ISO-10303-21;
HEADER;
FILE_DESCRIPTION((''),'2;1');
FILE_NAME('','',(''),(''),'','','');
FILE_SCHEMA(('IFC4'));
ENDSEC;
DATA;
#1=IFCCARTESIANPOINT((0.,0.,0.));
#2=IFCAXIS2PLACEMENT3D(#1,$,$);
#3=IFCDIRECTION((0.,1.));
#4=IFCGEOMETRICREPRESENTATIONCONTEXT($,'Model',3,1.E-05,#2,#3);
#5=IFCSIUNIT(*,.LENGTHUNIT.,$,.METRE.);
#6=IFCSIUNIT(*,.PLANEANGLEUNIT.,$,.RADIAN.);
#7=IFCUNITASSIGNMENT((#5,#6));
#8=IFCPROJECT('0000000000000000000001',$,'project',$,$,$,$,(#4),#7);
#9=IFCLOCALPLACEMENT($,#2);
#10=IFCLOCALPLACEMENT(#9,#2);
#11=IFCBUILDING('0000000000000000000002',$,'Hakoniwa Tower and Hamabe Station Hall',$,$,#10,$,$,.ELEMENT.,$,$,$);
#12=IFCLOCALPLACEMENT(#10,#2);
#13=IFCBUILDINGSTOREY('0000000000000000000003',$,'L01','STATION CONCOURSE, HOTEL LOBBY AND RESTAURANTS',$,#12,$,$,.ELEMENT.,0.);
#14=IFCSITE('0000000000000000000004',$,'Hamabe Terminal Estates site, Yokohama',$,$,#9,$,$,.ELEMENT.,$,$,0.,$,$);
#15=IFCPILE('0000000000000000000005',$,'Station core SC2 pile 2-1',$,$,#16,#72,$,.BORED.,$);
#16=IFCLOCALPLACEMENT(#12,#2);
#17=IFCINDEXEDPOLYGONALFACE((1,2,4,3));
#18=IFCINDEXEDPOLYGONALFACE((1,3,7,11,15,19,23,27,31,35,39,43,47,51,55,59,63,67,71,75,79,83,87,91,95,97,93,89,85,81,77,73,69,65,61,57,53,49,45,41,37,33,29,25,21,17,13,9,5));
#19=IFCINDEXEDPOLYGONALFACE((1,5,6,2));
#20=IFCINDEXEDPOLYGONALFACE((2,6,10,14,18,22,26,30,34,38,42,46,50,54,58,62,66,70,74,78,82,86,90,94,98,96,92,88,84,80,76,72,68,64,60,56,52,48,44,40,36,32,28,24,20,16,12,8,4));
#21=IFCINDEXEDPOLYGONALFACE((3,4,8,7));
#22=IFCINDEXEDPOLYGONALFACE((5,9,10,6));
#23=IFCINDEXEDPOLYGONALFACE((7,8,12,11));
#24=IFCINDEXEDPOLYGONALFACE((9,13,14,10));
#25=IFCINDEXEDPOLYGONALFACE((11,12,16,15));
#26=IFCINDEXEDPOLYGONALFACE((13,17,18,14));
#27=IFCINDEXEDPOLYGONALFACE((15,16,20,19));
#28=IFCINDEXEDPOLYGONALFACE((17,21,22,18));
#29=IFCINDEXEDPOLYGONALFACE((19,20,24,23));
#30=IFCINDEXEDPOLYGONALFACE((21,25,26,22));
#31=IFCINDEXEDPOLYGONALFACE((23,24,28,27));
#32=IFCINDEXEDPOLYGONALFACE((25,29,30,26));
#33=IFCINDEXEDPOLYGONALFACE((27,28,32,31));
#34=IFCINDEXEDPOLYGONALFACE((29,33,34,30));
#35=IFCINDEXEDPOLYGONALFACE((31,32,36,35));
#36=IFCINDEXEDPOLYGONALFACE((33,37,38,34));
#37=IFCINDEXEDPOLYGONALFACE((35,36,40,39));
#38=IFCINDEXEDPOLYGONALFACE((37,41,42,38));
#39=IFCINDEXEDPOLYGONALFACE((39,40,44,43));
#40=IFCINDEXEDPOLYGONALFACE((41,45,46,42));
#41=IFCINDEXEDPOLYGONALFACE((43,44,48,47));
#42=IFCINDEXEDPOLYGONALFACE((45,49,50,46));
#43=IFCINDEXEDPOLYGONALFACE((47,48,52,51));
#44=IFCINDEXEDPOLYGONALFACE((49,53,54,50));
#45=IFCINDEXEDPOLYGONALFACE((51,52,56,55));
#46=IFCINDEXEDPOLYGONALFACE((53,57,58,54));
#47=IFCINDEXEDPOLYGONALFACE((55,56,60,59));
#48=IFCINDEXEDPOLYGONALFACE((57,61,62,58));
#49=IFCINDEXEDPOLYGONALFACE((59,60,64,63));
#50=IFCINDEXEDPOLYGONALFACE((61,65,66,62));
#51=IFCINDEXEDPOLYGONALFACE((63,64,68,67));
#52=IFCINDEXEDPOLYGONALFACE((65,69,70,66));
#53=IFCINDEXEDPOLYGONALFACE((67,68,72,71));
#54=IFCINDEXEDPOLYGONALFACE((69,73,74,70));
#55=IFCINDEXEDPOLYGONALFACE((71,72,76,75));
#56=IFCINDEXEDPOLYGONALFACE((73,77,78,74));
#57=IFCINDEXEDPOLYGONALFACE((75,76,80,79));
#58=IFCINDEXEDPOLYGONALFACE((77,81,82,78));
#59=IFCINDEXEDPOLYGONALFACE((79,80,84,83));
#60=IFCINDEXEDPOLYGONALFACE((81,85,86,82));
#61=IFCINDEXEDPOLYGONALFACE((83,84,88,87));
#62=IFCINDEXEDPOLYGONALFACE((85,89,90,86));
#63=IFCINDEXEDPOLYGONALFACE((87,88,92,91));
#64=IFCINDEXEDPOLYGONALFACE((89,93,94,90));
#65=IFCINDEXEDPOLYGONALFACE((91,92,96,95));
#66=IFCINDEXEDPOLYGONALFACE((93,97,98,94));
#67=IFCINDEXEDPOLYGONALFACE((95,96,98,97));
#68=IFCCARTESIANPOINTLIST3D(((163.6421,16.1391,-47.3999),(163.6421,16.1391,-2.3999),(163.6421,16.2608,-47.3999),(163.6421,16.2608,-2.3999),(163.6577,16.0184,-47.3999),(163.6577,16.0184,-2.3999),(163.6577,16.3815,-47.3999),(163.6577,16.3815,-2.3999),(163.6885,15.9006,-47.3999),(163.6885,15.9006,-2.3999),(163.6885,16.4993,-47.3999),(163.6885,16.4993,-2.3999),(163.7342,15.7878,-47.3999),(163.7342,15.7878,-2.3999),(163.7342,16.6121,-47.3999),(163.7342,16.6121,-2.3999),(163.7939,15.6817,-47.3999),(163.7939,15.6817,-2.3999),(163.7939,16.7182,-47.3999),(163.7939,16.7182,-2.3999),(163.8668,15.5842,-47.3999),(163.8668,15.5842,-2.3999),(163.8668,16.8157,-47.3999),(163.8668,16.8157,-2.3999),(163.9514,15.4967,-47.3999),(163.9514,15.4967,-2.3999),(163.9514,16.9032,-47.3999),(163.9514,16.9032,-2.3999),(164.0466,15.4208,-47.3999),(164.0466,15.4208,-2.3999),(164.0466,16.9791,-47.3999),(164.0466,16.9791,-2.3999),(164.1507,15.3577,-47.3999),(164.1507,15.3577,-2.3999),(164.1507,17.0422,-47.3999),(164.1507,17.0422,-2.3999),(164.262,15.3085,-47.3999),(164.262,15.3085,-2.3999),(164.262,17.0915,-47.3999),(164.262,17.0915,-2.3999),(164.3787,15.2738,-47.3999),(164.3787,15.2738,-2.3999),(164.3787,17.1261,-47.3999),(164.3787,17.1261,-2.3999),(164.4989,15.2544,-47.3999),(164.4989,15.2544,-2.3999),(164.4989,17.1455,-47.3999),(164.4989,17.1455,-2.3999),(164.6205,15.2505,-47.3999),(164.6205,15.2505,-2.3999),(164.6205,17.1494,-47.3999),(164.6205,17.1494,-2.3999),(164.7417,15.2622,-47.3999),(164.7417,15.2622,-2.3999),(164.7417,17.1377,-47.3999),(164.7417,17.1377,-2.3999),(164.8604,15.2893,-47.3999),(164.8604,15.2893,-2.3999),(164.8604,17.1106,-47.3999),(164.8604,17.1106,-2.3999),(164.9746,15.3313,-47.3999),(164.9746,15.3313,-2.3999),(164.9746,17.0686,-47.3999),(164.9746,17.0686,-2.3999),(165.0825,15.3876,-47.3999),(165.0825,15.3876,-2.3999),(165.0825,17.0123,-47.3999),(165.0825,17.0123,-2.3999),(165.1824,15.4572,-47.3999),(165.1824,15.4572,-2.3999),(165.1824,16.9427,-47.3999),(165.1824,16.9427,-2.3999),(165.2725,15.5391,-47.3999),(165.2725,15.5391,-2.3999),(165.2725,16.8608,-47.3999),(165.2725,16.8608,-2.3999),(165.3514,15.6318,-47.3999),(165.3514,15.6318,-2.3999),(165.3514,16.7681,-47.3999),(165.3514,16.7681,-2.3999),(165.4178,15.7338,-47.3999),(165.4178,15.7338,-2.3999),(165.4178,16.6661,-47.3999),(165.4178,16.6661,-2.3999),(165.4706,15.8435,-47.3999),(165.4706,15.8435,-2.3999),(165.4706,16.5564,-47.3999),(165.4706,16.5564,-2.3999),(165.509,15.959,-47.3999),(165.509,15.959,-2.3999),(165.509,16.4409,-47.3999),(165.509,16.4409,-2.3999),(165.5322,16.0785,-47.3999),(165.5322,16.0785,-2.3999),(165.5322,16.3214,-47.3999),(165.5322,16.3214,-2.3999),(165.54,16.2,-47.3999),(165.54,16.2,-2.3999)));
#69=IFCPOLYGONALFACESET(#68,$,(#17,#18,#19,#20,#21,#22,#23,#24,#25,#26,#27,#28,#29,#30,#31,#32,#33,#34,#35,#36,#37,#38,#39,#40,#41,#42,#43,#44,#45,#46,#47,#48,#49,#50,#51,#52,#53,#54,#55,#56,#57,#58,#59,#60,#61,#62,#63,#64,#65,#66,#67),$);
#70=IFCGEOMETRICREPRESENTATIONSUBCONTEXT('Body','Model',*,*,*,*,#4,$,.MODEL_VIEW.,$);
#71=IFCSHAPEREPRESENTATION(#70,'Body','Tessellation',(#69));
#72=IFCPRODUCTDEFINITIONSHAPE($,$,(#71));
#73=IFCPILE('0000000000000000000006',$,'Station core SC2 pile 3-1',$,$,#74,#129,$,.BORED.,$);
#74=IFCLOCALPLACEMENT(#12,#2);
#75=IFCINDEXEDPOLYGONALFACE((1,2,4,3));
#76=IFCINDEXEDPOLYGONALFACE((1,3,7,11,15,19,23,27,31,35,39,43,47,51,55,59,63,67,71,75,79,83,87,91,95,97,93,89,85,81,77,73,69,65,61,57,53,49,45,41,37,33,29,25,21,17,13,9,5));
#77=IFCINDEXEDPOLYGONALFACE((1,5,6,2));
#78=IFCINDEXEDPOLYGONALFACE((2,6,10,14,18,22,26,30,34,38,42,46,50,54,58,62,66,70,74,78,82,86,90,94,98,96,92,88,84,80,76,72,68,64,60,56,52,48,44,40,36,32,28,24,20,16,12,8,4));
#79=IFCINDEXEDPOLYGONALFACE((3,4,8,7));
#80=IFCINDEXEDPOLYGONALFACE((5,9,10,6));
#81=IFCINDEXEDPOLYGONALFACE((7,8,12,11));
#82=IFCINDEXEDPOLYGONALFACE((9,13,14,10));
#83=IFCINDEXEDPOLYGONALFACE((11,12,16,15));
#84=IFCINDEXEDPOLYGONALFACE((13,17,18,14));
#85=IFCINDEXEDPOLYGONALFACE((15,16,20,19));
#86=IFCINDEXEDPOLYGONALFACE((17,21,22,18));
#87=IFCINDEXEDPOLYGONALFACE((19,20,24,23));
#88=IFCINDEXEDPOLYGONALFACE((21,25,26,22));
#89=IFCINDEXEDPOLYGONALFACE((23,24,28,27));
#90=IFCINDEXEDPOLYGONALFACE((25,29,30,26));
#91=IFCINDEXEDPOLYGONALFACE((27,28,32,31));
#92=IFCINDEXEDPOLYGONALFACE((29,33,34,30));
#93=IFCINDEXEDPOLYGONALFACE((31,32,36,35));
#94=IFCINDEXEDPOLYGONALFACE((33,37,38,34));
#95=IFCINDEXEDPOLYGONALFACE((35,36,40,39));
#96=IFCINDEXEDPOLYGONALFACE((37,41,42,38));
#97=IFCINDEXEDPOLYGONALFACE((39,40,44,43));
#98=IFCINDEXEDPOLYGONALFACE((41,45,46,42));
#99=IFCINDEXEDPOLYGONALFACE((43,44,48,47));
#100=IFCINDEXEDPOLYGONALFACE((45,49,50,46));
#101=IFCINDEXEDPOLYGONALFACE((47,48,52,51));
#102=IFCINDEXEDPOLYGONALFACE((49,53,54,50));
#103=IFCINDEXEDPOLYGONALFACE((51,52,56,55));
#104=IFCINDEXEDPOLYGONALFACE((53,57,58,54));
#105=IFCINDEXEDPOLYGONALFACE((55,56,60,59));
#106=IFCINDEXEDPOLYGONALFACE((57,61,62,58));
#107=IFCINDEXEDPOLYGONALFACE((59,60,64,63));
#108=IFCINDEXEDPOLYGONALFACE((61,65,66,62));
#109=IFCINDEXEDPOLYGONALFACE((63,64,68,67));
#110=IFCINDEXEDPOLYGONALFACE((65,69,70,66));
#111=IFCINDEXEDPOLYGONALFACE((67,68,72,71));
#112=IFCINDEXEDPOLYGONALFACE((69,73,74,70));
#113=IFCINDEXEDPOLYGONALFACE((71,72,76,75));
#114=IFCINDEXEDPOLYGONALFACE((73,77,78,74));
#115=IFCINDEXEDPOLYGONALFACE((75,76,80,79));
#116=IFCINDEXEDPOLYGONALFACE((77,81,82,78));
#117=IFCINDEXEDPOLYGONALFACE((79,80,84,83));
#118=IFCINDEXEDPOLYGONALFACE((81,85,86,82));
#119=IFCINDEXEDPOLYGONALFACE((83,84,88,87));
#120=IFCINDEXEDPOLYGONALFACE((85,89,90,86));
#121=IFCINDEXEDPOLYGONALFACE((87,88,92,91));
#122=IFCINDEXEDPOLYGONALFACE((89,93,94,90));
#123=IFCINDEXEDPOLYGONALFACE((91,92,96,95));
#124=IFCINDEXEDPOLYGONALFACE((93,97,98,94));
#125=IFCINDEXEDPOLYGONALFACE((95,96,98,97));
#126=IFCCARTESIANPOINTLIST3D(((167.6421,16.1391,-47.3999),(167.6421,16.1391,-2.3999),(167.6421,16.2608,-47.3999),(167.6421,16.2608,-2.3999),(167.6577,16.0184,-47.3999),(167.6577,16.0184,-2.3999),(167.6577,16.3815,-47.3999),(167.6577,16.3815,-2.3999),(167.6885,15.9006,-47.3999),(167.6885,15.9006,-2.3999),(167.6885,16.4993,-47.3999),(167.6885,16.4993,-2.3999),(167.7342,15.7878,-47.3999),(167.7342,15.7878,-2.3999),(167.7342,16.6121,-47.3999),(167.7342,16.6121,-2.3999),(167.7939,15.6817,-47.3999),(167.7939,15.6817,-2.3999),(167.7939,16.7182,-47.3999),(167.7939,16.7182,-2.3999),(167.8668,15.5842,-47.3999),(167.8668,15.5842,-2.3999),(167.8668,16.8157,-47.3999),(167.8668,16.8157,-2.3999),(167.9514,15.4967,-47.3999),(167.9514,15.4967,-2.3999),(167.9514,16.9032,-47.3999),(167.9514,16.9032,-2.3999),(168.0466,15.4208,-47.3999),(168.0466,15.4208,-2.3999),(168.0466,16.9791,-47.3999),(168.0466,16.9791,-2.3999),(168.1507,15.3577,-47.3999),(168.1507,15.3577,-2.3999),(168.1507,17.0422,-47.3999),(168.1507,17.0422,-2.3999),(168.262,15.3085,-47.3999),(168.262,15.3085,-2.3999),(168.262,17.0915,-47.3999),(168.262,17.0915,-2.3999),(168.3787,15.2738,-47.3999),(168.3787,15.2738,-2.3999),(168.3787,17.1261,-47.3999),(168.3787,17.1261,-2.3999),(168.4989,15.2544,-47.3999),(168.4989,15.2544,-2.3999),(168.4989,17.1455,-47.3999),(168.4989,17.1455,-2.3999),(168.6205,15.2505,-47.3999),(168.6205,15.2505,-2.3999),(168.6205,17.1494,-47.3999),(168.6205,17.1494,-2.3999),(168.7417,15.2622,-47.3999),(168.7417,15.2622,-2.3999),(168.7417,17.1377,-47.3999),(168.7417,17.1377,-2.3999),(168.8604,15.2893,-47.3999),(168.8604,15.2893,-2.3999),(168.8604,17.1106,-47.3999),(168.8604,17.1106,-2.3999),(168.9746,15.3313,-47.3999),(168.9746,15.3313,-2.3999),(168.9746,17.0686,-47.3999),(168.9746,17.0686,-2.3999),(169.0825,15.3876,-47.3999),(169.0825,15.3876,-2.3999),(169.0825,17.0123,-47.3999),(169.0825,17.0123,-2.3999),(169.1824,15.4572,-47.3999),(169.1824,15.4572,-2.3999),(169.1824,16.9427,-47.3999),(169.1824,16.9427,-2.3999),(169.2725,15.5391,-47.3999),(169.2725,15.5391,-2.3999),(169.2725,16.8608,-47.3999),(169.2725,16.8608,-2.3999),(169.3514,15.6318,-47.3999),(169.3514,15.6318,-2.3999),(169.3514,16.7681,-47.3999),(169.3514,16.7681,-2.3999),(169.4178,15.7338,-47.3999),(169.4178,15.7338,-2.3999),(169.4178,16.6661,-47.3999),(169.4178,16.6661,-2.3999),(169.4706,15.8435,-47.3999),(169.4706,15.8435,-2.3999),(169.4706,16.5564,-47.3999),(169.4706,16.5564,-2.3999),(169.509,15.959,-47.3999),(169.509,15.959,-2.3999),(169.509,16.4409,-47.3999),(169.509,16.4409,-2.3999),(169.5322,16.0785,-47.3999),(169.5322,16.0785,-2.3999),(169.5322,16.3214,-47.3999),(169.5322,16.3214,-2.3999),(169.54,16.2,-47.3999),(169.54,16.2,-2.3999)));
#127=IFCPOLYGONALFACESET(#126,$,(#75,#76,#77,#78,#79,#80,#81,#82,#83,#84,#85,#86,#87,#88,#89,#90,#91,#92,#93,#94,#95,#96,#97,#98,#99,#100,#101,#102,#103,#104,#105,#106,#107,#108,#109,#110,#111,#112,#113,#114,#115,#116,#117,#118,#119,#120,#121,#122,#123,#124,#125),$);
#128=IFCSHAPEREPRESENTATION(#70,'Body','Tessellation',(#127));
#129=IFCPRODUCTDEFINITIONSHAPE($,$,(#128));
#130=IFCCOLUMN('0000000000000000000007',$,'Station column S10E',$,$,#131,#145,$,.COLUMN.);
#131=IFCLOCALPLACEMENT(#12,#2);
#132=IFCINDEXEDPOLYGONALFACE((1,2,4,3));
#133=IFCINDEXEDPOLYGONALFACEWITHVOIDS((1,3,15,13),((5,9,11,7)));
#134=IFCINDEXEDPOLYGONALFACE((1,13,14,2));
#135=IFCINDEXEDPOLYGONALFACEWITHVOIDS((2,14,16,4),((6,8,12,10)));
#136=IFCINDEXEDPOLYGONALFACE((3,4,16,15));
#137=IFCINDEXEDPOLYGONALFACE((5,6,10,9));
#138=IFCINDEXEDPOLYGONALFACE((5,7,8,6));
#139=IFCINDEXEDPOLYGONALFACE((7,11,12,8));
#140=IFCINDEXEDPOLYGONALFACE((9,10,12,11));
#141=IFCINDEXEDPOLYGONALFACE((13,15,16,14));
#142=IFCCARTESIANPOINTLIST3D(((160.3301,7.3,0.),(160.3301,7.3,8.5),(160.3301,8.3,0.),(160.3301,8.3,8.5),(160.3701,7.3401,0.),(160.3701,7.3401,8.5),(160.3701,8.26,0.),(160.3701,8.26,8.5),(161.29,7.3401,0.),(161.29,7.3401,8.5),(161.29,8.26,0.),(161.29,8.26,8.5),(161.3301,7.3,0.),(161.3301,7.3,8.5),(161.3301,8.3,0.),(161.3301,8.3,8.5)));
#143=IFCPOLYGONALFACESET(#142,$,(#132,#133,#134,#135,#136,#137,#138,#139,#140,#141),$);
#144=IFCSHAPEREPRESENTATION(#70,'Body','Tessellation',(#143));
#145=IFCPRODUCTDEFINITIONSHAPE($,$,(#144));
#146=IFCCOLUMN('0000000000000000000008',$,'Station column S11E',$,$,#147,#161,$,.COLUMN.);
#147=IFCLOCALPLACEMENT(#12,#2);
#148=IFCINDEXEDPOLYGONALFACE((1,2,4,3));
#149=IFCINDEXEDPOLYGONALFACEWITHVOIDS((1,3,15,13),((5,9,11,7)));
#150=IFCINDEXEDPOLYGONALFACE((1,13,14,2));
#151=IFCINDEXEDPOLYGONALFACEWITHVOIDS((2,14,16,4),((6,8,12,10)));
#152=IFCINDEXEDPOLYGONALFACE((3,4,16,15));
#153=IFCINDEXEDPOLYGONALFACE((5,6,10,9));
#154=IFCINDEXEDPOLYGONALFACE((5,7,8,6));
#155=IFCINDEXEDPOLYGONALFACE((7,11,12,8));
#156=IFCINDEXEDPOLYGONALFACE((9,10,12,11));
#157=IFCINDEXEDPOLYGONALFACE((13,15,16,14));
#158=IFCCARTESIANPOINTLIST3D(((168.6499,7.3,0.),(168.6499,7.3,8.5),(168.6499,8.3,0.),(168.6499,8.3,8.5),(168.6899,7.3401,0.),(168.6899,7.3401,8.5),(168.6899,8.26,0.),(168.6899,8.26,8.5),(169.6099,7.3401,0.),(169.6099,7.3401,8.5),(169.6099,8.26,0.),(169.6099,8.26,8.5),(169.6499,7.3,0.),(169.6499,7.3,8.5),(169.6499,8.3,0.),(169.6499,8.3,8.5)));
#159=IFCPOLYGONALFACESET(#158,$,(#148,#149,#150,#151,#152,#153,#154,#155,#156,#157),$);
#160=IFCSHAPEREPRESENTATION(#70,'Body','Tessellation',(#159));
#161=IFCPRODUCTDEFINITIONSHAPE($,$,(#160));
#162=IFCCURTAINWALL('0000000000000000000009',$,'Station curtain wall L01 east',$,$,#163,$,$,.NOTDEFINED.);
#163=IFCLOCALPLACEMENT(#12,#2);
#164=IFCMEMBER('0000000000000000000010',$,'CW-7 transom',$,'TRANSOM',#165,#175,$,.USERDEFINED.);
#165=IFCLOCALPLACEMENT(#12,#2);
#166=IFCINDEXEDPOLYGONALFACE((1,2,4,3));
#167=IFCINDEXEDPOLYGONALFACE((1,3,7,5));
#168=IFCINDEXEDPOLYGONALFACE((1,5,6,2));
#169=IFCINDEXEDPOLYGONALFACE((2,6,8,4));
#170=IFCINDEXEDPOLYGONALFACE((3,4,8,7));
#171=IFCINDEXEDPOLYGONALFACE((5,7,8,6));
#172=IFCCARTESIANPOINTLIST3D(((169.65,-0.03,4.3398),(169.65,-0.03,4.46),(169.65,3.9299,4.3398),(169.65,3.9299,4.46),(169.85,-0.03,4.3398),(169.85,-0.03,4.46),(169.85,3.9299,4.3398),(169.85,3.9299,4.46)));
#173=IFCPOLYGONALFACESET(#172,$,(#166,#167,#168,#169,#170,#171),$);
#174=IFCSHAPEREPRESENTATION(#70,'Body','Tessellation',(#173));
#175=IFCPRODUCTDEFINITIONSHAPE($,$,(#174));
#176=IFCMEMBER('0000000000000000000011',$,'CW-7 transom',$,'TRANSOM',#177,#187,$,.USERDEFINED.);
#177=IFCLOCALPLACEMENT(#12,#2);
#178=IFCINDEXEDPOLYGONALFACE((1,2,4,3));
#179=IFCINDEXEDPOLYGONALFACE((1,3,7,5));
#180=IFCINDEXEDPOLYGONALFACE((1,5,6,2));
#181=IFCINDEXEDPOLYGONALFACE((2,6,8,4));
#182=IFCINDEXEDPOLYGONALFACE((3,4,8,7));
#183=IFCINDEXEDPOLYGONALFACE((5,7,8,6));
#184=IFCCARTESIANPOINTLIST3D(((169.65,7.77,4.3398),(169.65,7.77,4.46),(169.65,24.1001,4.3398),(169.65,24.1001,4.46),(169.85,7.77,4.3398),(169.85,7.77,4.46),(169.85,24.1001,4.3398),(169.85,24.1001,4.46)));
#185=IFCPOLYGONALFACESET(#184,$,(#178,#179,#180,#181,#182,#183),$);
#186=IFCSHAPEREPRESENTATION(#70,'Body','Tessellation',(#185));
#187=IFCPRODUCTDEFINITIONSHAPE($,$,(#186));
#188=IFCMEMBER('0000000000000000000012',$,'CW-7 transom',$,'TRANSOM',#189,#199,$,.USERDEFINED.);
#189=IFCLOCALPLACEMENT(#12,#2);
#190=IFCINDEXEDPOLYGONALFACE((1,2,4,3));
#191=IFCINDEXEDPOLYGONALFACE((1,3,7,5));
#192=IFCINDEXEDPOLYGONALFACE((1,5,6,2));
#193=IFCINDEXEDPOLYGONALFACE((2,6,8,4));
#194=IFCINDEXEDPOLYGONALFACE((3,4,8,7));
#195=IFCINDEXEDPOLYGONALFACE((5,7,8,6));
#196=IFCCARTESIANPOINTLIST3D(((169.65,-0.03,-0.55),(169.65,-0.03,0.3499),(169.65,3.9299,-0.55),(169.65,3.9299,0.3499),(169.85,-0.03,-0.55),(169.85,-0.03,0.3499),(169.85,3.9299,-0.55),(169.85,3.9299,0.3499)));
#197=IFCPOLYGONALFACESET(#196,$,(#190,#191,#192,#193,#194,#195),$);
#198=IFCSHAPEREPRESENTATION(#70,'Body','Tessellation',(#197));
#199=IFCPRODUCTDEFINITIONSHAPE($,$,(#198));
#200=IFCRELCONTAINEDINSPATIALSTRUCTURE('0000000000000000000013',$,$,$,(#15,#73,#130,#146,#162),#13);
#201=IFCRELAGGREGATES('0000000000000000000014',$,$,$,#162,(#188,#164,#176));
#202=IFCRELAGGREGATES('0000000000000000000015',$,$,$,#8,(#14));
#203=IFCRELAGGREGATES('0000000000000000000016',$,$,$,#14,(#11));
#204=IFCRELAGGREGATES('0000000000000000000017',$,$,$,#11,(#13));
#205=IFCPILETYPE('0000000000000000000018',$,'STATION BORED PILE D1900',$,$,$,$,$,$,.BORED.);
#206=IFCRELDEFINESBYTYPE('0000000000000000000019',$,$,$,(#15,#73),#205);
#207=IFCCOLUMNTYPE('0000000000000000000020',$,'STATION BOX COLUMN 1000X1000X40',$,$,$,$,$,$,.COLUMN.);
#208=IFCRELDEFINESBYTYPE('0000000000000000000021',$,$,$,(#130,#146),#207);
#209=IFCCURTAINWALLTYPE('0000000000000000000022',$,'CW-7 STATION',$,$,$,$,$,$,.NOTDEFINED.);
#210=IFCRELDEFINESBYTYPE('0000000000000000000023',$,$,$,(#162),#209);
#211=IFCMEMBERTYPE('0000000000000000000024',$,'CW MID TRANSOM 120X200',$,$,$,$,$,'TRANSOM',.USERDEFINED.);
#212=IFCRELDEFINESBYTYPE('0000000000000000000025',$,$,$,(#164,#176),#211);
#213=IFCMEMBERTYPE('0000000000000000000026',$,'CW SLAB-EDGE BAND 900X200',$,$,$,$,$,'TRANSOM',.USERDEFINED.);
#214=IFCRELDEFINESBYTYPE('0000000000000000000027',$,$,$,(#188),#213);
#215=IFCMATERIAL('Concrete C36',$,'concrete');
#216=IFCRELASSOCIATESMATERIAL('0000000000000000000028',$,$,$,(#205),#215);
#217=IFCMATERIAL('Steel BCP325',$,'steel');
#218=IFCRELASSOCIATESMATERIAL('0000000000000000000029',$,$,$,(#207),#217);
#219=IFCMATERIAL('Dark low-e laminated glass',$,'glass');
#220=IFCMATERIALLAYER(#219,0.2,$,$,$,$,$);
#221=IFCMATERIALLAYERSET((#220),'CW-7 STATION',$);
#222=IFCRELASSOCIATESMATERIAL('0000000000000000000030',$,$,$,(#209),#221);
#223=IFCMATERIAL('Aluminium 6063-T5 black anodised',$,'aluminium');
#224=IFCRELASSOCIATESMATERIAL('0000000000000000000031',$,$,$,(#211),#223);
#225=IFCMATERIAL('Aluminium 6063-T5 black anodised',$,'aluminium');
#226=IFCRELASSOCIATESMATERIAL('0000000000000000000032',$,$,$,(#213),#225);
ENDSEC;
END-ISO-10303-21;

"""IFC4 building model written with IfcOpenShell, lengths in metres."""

from ifc_helpers import new_model, si_unit, direction, frame, origin, origin_2d, place, context, subcontext, project, spatial, rectangle, hollow_rectangle, circle, extrude, material, layer, layer_set, material_profile, profile_set, type_object, element, aggregate, save


model = new_model("IFC4")

# Units and contexts
model_context = context("Model", 3, precision=1e-05, world=origin(), true_north=direction((0.0, 1.0)))
body_context = subcontext(model_context, "Body", "Model", "MODEL_VIEW")
ifc_project = project(units=[si_unit("LENGTHUNIT", "METRE"), si_unit("PLANEANGLEUNIT", "RADIAN")], contexts=[model_context])

# Site, building, storey
site_placement = place(None, origin())
site = spatial("IfcSite", under=ifc_project, at=site_placement, Name="Hamabe Terminal Estates site, Yokohama", CompositionType="ELEMENT", RefElevation=0.0)
building_placement = place(site_placement, origin())
building = spatial("IfcBuilding", under=site, at=building_placement, Name="Hakoniwa Tower and Hamabe Station Hall", CompositionType="ELEMENT")
storey_placement = place(building_placement, origin())
storey = spatial("IfcBuildingStorey", under=building, at=storey_placement, Name="L01", Description="STATION CONCOURSE, HOTEL LOBBY AND RESTAURANTS", CompositionType="ELEMENT", Elevation=0.0)

# Piles
ifc_material_1 = material(Name="Concrete C36", Category="concrete")
ifc_material_profile_1 = material_profile(ifc_material_1, circle(Radius=0.95, at=origin_2d()), Name="STATION BORED PILE D1900")
ifc_profile_set_1 = profile_set([ifc_material_profile_1], Name="Concrete C36")
pile_type = type_object("IfcPileType", Name="STATION BORED PILE D1900", PredefinedType="BORED", material=ifc_profile_set_1)
for number, where, z_axis, x_axis, name in (
    (1, (164.5901, 16.2, -2.3999), (0.0, 0.0, -1.0), (1.0, 0.0, 0.0), "Station core SC2 pile 2-1"),
    (2, (168.5901, 16.2, -2.3999), (0.0, 0.0, -1.0), (1.0, 0.0, 0.0), "Station core SC2 pile 3-1"),
):
    element("IfcPile", number, at=place(storey_placement, frame(where, z_axis=z_axis, x_axis=x_axis)), inside=storey, type_object=pile_type, Name=name, PredefinedType="BORED", context=body_context, shape_type="SweptSolid", body=[
        extrude(circle(Radius=0.95, at=origin_2d()), origin(), (0.0, 0.0, 1.0), 45.0),
    ])

# Columns
ifc_material_2 = material(Name="Steel BCP325", Category="steel")
ifc_material_profile_2 = material_profile(ifc_material_2, hollow_rectangle(XDim=1.0, YDim=1.0, WallThickness=0.04, at=origin_2d()), Name="STATION BOX COLUMN 1000X1000X40")
ifc_profile_set_2 = profile_set([ifc_material_profile_2], Name="Steel BCP325")
column_type = type_object("IfcColumnType", Name="STATION BOX COLUMN 1000X1000X40", PredefinedType="COLUMN", material=ifc_profile_set_2)
for number, where, z_axis, x_axis, name in (
    (3, (160.8301, 7.8, 0.0), (0.0, 0.0, 1.0), (1.0, 0.0, 0.0), "Station column S10E"),
    (4, (169.1499, 7.8, 0.0), (0.0, 0.0, 1.0), (1.0, 0.0, 0.0), "Station column S11E"),
):
    element("IfcColumn", number, at=place(storey_placement, frame(where, z_axis=z_axis, x_axis=x_axis)), inside=storey, type_object=column_type, Name=name, PredefinedType="COLUMN", context=body_context, shape_type="SweptSolid", body=[
        extrude(hollow_rectangle(XDim=1.0, YDim=1.0, WallThickness=0.04, at=origin_2d()), origin(), (0.0, 0.0, 1.0), 8.5),
    ])

# Curtain wall, members
ifc_material_3 = material(Name="Dark low-e laminated glass", Category="glass")
ifc_layer_1 = layer(ifc_material_3, 0.2)
ifc_layer_set_1 = layer_set([ifc_layer_1], Name="CW-7 STATION")
curtain_wall_type = type_object("IfcCurtainWallType", Name="CW-7 STATION", PredefinedType="NOTDEFINED", material=ifc_layer_set_1)
curtain_wall_placement = place(storey_placement, origin())
curtain_wall = element("IfcCurtainWall", 5, at=curtain_wall_placement, inside=storey, type_object=curtain_wall_type, Name="Station curtain wall L01 east", PredefinedType="NOTDEFINED")
ifc_material_4 = material(Name="Aluminium 6063-T5 black anodised", Category="aluminium")
ifc_material_profile_3 = material_profile(ifc_material_4, rectangle(XDim=0.2, YDim=0.1201, at=origin_2d()), Name="CW MID TRANSOM 120X200")
ifc_profile_set_3 = profile_set([ifc_material_profile_3], Name="Aluminium 6063-T5 black anodised")
member_type_1 = type_object("IfcMemberType", Name="CW MID TRANSOM 120X200", ElementType="TRANSOM", PredefinedType="USERDEFINED", material=ifc_profile_set_3)
member_1_placement = place(storey_placement, frame((169.75, -0.03, 4.3999), z_axis=(0.0, 1.0, 0.0), x_axis=(-1.0, 0.0, 0.0)))
member_1 = element("IfcMember", 6, at=member_1_placement, type_object=member_type_1, Name="CW-7 transom", ObjectType="TRANSOM", PredefinedType="USERDEFINED", context=body_context, shape_type="SweptSolid", body=[
    extrude(rectangle(XDim=0.2, YDim=0.1201, at=origin_2d()), origin(), (0.0, 0.0, 1.0), 3.96),
])
member_2_placement = place(storey_placement, frame((169.75, 7.77, 4.3999), z_axis=(0.0, 1.0, 0.0), x_axis=(-1.0, 0.0, 0.0)))
member_2 = element("IfcMember", 7, at=member_2_placement, type_object=member_type_1, Name="CW-7 transom", ObjectType="TRANSOM", PredefinedType="USERDEFINED", context=body_context, shape_type="SweptSolid", body=[
    extrude(rectangle(XDim=0.2, YDim=0.1201, at=origin_2d()), origin(), (0.0, 0.0, 1.0), 16.3301),
])
ifc_material_5 = material(Name="Aluminium 6063-T5 black anodised", Category="aluminium")
ifc_material_profile_4 = material_profile(ifc_material_5, rectangle(XDim=0.2, YDim=0.8999, at=origin_2d()), Name="CW SLAB-EDGE BAND 900X200")
ifc_profile_set_4 = profile_set([ifc_material_profile_4], Name="Aluminium 6063-T5 black anodised")
member_type_2 = type_object("IfcMemberType", Name="CW SLAB-EDGE BAND 900X200", ElementType="TRANSOM", PredefinedType="USERDEFINED", material=ifc_profile_set_4)
member_3_placement = place(storey_placement, frame((169.75, -0.03, -0.1001), z_axis=(0.0, 1.0, 0.0), x_axis=(-1.0, 0.0, 0.0)))
member_3 = element("IfcMember", 8, at=member_3_placement, type_object=member_type_2, Name="CW-7 transom", ObjectType="TRANSOM", PredefinedType="USERDEFINED", context=body_context, shape_type="SweptSolid", body=[
    extrude(rectangle(XDim=0.2, YDim=0.8999, at=origin_2d()), origin(), (0.0, 0.0, 1.0), 3.96),
])
aggregate(curtain_wall, [member_3, member_1, member_2])

save(model, "model.ifc")
